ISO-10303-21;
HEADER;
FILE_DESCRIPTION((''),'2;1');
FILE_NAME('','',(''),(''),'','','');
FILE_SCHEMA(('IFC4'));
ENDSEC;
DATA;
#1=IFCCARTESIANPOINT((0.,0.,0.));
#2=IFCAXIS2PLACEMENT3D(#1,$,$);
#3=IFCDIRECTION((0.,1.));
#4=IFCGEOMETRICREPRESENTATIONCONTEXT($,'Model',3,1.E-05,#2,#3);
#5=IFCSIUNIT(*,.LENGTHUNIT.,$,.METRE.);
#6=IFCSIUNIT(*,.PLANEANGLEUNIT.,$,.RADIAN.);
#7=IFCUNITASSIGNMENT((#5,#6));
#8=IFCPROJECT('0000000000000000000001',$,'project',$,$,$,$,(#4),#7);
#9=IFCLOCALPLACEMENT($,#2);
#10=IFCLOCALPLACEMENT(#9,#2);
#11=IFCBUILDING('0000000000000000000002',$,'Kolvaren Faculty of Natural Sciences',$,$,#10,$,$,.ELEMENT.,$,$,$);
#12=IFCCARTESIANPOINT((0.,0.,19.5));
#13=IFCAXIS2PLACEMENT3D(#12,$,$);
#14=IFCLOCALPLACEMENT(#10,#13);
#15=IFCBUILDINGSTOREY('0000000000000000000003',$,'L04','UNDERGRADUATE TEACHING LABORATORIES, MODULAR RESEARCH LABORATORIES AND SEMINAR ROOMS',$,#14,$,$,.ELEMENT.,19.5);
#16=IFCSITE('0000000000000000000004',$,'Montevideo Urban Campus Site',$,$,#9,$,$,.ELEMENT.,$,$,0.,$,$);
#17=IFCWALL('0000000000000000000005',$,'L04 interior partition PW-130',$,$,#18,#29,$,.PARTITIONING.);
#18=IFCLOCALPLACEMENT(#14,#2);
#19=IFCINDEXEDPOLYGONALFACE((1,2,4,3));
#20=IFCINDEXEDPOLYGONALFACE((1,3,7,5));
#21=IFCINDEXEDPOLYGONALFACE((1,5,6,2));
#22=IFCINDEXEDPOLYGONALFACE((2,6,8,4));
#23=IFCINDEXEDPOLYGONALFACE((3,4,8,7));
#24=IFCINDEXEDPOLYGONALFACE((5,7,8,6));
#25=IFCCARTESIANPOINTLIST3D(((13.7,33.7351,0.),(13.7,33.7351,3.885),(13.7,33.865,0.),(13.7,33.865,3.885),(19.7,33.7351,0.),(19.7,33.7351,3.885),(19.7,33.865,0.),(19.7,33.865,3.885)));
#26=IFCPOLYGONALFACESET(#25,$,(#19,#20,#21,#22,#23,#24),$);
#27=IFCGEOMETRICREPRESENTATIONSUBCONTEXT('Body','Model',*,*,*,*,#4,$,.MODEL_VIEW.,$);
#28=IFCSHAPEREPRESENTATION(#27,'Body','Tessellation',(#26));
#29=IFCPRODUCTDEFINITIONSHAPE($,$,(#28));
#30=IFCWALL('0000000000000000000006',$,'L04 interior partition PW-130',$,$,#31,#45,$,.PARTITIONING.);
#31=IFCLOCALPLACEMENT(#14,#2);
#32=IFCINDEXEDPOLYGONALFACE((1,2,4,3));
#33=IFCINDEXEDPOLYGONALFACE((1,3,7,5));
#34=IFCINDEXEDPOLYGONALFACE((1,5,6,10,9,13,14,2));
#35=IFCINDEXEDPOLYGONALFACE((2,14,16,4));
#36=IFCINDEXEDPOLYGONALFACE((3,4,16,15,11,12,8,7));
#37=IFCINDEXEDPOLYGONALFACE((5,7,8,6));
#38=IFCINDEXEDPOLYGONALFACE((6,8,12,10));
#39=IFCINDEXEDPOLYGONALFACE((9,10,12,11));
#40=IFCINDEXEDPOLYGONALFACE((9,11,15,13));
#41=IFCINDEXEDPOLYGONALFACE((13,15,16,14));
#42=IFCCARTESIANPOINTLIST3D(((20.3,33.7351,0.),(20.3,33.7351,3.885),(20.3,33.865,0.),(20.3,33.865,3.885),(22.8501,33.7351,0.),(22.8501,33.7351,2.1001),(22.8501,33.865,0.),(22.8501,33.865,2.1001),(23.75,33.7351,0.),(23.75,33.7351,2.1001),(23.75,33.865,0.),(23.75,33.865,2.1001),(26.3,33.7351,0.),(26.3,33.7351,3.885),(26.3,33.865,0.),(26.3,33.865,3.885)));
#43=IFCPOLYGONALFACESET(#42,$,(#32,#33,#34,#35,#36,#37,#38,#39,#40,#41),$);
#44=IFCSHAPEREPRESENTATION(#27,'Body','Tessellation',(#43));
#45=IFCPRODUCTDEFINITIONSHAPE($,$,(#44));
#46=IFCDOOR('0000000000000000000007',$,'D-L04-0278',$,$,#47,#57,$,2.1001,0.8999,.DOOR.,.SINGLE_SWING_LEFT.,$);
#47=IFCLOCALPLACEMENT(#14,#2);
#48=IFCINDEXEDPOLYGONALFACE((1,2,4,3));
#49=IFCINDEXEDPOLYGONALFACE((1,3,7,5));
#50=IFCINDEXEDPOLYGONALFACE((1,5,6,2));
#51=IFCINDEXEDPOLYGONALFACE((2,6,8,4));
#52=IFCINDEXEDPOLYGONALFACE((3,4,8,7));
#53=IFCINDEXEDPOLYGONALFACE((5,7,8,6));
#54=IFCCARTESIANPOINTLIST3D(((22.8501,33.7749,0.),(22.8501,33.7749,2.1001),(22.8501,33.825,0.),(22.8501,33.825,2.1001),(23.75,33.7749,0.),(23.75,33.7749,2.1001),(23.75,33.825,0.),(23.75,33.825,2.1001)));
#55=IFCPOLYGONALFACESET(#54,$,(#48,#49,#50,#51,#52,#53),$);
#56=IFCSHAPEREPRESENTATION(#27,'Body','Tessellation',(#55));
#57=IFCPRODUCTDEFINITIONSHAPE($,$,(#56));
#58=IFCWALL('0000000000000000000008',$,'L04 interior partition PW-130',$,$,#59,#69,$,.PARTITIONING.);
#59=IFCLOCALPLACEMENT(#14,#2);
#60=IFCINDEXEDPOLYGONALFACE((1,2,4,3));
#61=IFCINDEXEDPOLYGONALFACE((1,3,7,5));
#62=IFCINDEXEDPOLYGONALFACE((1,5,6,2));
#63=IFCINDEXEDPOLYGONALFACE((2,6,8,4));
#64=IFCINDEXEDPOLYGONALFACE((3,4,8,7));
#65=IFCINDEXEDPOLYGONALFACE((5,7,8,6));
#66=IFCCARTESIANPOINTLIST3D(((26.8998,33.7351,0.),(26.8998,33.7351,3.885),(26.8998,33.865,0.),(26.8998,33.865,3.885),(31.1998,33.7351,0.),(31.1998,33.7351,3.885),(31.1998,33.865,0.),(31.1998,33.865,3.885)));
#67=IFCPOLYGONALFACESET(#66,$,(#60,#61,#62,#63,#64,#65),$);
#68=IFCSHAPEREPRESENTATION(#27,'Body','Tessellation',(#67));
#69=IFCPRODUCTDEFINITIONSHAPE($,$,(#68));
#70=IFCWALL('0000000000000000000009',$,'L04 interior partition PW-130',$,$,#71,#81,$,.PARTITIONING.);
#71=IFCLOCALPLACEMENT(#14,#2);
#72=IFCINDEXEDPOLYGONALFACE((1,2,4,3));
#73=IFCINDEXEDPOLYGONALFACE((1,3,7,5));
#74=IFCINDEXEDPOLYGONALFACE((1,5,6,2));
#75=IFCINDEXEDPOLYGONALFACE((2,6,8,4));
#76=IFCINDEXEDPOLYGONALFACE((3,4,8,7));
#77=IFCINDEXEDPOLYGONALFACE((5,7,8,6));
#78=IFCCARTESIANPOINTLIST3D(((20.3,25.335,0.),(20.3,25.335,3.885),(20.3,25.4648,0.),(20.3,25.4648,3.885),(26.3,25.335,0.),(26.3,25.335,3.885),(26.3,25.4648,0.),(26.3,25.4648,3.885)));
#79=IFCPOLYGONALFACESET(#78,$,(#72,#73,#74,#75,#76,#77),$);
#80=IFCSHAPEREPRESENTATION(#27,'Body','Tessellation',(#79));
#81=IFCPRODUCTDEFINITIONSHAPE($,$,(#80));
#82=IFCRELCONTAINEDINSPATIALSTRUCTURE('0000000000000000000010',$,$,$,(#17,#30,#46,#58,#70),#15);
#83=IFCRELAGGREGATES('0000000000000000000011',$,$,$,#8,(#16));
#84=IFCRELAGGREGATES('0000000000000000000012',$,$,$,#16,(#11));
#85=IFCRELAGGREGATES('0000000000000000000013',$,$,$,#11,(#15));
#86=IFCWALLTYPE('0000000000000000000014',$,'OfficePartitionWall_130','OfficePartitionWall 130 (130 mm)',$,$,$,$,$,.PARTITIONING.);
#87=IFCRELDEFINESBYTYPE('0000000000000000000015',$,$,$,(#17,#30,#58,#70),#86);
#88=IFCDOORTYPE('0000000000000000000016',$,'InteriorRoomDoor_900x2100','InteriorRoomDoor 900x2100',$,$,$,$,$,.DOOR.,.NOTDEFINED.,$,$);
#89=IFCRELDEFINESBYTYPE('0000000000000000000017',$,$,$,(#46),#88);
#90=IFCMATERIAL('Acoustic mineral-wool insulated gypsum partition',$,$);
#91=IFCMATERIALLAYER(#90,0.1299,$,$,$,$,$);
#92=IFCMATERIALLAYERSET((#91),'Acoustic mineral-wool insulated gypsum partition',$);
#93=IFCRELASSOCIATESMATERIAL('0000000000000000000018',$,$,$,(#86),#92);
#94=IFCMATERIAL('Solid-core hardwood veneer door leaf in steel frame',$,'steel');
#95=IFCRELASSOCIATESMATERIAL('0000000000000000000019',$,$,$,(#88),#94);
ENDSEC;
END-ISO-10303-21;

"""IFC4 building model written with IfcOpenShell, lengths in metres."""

from ifc_helpers import new_model, si_unit, direction, frame, frame_2d, origin, place, context, subcontext, project, spatial, rectangle, extrude, material, layer, layer_set, type_object, element, fill, save


model = new_model("IFC4")

# Units and contexts
model_context = context("Model", 3, precision=1e-05, world=origin(), true_north=direction((0.0, 1.0)))
body_context = subcontext(model_context, "Body", "Model", "MODEL_VIEW")
ifc_project = project(units=[si_unit("LENGTHUNIT", "METRE"), si_unit("PLANEANGLEUNIT", "RADIAN")], contexts=[model_context])

# Site, building, storey
site_placement = place(None, origin())
site = spatial("IfcSite", under=ifc_project, at=site_placement, Name="Montevideo Urban Campus Site", CompositionType="ELEMENT", RefElevation=0.0)
building_placement = place(site_placement, origin())
building = spatial("IfcBuilding", under=site, at=building_placement, Name="Kolvaren Faculty of Natural Sciences", CompositionType="ELEMENT")
storey_placement = place(building_placement, frame((0.0, 0.0, 19.5)))
storey = spatial("IfcBuildingStorey", under=building, at=storey_placement, Name="L04", Description="UNDERGRADUATE TEACHING LABORATORIES, MODULAR RESEARCH LABORATORIES AND SEMINAR ROOMS", CompositionType="ELEMENT", Elevation=19.5)

# Wall
ifc_material_1 = material(Name="Acoustic mineral-wool insulated gypsum partition")
ifc_layer = layer(ifc_material_1, 0.1299)
ifc_layer_set = layer_set([ifc_layer], Name="Acoustic mineral-wool insulated gypsum partition")
wall_type = type_object("IfcWallType", Name="OfficePartitionWall_130", Description="OfficePartitionWall 130 (130 mm)", PredefinedType="PARTITIONING", material=ifc_layer_set)
wall_1_placement = place(storey_placement, frame((13.7, 33.8, 0.0), z_axis=(0.0, 0.0, 1.0), x_axis=(1.0, 0.0, 0.0)))
element("IfcWall", 1, at=wall_1_placement, inside=storey, type_object=wall_type, Name="L04 interior partition PW-130", PredefinedType="PARTITIONING", context=body_context, shape_type="SweptSolid", body=[
    extrude(rectangle(XDim=6.0, YDim=0.1299, at=frame_2d((3.0, 0.0))), origin(), (0.0, 0.0, 1.0), 3.885),
])

# Wall, opening, door
wall_2_placement = place(storey_placement, frame((20.3, 33.8, 0.0), z_axis=(0.0, 0.0, 1.0), x_axis=(1.0, 0.0, 0.0)))
wall_2 = element("IfcWall", 2, at=wall_2_placement, inside=storey, type_object=wall_type, Name="L04 interior partition PW-130", PredefinedType="PARTITIONING", context=body_context, shape_type="SweptSolid", body=[
    extrude(rectangle(XDim=6.0, YDim=0.1299, at=frame_2d((3.0, 0.0))), origin(), (0.0, 0.0, 1.0), 3.885),
])
opening_placement = place(wall_2_placement, frame((2.55, 0.0, 0.0)))
opening = element("IfcOpeningElement", 3, at=opening_placement, cuts=wall_2, PredefinedType="OPENING", context=body_context, shape_type="SweptSolid", body=[
    extrude(rectangle(XDim=0.8999, YDim=2.1001, at=frame_2d((0.45, 1.05))), frame((0.0, 0.075, 0.0), z_axis=(0.0, -1.0, 0.0), x_axis=(1.0, 0.0, 0.0)), (0.0, 0.0, 1.0), 0.1499),
])
ifc_material_2 = material(Name="Solid-core hardwood veneer door leaf in steel frame", Category="steel")
door_type = type_object("IfcDoorType", Name="InteriorRoomDoor_900x2100", Description="InteriorRoomDoor 900x2100", OperationType="NOTDEFINED", PredefinedType="DOOR", material=ifc_material_2)
door_placement = place(opening_placement, origin())
door = element("IfcDoor", 4, at=door_placement, inside=storey, type_object=door_type, Name="D-L04-0278", OperationType="SINGLE_SWING_LEFT", OverallHeight=2.1001, OverallWidth=0.8999, PredefinedType="DOOR", context=body_context, shape_type="SweptSolid", body=[
    extrude(rectangle(XDim=0.8999, YDim=2.1001, at=frame_2d((0.45, 1.05))), frame((0.0, 0.0249, 0.0), z_axis=(0.0, -1.0, 0.0), x_axis=(1.0, 0.0, 0.0)), (0.0, 0.0, 1.0), 0.05),
])
fill(opening, door)

# Walls
wall_3_placement = place(storey_placement, frame((26.8999, 33.8, 0.0), z_axis=(0.0, 0.0, 1.0), x_axis=(1.0, 0.0, 0.0)))
element("IfcWall", 5, at=wall_3_placement, inside=storey, type_object=wall_type, Name="L04 interior partition PW-130", PredefinedType="PARTITIONING", context=body_context, shape_type="SweptSolid", body=[
    extrude(rectangle(XDim=4.3, YDim=0.1299, at=frame_2d((2.1499, 0.0))), origin(), (0.0, 0.0, 1.0), 3.885),
])
wall_4_placement = place(storey_placement, frame((26.3, 25.3999, 0.0), z_axis=(0.0, 0.0, 1.0), x_axis=(-1.0, 0.0, 0.0)))
element("IfcWall", 6, at=wall_4_placement, inside=storey, type_object=wall_type, Name="L04 interior partition PW-130", PredefinedType="PARTITIONING", context=body_context, shape_type="SweptSolid", body=[
    extrude(rectangle(XDim=6.0, YDim=0.1299, at=frame_2d((3.0, 0.0))), origin(), (0.0, 0.0, 1.0), 3.885),
])

save(model, "model.ifc")
